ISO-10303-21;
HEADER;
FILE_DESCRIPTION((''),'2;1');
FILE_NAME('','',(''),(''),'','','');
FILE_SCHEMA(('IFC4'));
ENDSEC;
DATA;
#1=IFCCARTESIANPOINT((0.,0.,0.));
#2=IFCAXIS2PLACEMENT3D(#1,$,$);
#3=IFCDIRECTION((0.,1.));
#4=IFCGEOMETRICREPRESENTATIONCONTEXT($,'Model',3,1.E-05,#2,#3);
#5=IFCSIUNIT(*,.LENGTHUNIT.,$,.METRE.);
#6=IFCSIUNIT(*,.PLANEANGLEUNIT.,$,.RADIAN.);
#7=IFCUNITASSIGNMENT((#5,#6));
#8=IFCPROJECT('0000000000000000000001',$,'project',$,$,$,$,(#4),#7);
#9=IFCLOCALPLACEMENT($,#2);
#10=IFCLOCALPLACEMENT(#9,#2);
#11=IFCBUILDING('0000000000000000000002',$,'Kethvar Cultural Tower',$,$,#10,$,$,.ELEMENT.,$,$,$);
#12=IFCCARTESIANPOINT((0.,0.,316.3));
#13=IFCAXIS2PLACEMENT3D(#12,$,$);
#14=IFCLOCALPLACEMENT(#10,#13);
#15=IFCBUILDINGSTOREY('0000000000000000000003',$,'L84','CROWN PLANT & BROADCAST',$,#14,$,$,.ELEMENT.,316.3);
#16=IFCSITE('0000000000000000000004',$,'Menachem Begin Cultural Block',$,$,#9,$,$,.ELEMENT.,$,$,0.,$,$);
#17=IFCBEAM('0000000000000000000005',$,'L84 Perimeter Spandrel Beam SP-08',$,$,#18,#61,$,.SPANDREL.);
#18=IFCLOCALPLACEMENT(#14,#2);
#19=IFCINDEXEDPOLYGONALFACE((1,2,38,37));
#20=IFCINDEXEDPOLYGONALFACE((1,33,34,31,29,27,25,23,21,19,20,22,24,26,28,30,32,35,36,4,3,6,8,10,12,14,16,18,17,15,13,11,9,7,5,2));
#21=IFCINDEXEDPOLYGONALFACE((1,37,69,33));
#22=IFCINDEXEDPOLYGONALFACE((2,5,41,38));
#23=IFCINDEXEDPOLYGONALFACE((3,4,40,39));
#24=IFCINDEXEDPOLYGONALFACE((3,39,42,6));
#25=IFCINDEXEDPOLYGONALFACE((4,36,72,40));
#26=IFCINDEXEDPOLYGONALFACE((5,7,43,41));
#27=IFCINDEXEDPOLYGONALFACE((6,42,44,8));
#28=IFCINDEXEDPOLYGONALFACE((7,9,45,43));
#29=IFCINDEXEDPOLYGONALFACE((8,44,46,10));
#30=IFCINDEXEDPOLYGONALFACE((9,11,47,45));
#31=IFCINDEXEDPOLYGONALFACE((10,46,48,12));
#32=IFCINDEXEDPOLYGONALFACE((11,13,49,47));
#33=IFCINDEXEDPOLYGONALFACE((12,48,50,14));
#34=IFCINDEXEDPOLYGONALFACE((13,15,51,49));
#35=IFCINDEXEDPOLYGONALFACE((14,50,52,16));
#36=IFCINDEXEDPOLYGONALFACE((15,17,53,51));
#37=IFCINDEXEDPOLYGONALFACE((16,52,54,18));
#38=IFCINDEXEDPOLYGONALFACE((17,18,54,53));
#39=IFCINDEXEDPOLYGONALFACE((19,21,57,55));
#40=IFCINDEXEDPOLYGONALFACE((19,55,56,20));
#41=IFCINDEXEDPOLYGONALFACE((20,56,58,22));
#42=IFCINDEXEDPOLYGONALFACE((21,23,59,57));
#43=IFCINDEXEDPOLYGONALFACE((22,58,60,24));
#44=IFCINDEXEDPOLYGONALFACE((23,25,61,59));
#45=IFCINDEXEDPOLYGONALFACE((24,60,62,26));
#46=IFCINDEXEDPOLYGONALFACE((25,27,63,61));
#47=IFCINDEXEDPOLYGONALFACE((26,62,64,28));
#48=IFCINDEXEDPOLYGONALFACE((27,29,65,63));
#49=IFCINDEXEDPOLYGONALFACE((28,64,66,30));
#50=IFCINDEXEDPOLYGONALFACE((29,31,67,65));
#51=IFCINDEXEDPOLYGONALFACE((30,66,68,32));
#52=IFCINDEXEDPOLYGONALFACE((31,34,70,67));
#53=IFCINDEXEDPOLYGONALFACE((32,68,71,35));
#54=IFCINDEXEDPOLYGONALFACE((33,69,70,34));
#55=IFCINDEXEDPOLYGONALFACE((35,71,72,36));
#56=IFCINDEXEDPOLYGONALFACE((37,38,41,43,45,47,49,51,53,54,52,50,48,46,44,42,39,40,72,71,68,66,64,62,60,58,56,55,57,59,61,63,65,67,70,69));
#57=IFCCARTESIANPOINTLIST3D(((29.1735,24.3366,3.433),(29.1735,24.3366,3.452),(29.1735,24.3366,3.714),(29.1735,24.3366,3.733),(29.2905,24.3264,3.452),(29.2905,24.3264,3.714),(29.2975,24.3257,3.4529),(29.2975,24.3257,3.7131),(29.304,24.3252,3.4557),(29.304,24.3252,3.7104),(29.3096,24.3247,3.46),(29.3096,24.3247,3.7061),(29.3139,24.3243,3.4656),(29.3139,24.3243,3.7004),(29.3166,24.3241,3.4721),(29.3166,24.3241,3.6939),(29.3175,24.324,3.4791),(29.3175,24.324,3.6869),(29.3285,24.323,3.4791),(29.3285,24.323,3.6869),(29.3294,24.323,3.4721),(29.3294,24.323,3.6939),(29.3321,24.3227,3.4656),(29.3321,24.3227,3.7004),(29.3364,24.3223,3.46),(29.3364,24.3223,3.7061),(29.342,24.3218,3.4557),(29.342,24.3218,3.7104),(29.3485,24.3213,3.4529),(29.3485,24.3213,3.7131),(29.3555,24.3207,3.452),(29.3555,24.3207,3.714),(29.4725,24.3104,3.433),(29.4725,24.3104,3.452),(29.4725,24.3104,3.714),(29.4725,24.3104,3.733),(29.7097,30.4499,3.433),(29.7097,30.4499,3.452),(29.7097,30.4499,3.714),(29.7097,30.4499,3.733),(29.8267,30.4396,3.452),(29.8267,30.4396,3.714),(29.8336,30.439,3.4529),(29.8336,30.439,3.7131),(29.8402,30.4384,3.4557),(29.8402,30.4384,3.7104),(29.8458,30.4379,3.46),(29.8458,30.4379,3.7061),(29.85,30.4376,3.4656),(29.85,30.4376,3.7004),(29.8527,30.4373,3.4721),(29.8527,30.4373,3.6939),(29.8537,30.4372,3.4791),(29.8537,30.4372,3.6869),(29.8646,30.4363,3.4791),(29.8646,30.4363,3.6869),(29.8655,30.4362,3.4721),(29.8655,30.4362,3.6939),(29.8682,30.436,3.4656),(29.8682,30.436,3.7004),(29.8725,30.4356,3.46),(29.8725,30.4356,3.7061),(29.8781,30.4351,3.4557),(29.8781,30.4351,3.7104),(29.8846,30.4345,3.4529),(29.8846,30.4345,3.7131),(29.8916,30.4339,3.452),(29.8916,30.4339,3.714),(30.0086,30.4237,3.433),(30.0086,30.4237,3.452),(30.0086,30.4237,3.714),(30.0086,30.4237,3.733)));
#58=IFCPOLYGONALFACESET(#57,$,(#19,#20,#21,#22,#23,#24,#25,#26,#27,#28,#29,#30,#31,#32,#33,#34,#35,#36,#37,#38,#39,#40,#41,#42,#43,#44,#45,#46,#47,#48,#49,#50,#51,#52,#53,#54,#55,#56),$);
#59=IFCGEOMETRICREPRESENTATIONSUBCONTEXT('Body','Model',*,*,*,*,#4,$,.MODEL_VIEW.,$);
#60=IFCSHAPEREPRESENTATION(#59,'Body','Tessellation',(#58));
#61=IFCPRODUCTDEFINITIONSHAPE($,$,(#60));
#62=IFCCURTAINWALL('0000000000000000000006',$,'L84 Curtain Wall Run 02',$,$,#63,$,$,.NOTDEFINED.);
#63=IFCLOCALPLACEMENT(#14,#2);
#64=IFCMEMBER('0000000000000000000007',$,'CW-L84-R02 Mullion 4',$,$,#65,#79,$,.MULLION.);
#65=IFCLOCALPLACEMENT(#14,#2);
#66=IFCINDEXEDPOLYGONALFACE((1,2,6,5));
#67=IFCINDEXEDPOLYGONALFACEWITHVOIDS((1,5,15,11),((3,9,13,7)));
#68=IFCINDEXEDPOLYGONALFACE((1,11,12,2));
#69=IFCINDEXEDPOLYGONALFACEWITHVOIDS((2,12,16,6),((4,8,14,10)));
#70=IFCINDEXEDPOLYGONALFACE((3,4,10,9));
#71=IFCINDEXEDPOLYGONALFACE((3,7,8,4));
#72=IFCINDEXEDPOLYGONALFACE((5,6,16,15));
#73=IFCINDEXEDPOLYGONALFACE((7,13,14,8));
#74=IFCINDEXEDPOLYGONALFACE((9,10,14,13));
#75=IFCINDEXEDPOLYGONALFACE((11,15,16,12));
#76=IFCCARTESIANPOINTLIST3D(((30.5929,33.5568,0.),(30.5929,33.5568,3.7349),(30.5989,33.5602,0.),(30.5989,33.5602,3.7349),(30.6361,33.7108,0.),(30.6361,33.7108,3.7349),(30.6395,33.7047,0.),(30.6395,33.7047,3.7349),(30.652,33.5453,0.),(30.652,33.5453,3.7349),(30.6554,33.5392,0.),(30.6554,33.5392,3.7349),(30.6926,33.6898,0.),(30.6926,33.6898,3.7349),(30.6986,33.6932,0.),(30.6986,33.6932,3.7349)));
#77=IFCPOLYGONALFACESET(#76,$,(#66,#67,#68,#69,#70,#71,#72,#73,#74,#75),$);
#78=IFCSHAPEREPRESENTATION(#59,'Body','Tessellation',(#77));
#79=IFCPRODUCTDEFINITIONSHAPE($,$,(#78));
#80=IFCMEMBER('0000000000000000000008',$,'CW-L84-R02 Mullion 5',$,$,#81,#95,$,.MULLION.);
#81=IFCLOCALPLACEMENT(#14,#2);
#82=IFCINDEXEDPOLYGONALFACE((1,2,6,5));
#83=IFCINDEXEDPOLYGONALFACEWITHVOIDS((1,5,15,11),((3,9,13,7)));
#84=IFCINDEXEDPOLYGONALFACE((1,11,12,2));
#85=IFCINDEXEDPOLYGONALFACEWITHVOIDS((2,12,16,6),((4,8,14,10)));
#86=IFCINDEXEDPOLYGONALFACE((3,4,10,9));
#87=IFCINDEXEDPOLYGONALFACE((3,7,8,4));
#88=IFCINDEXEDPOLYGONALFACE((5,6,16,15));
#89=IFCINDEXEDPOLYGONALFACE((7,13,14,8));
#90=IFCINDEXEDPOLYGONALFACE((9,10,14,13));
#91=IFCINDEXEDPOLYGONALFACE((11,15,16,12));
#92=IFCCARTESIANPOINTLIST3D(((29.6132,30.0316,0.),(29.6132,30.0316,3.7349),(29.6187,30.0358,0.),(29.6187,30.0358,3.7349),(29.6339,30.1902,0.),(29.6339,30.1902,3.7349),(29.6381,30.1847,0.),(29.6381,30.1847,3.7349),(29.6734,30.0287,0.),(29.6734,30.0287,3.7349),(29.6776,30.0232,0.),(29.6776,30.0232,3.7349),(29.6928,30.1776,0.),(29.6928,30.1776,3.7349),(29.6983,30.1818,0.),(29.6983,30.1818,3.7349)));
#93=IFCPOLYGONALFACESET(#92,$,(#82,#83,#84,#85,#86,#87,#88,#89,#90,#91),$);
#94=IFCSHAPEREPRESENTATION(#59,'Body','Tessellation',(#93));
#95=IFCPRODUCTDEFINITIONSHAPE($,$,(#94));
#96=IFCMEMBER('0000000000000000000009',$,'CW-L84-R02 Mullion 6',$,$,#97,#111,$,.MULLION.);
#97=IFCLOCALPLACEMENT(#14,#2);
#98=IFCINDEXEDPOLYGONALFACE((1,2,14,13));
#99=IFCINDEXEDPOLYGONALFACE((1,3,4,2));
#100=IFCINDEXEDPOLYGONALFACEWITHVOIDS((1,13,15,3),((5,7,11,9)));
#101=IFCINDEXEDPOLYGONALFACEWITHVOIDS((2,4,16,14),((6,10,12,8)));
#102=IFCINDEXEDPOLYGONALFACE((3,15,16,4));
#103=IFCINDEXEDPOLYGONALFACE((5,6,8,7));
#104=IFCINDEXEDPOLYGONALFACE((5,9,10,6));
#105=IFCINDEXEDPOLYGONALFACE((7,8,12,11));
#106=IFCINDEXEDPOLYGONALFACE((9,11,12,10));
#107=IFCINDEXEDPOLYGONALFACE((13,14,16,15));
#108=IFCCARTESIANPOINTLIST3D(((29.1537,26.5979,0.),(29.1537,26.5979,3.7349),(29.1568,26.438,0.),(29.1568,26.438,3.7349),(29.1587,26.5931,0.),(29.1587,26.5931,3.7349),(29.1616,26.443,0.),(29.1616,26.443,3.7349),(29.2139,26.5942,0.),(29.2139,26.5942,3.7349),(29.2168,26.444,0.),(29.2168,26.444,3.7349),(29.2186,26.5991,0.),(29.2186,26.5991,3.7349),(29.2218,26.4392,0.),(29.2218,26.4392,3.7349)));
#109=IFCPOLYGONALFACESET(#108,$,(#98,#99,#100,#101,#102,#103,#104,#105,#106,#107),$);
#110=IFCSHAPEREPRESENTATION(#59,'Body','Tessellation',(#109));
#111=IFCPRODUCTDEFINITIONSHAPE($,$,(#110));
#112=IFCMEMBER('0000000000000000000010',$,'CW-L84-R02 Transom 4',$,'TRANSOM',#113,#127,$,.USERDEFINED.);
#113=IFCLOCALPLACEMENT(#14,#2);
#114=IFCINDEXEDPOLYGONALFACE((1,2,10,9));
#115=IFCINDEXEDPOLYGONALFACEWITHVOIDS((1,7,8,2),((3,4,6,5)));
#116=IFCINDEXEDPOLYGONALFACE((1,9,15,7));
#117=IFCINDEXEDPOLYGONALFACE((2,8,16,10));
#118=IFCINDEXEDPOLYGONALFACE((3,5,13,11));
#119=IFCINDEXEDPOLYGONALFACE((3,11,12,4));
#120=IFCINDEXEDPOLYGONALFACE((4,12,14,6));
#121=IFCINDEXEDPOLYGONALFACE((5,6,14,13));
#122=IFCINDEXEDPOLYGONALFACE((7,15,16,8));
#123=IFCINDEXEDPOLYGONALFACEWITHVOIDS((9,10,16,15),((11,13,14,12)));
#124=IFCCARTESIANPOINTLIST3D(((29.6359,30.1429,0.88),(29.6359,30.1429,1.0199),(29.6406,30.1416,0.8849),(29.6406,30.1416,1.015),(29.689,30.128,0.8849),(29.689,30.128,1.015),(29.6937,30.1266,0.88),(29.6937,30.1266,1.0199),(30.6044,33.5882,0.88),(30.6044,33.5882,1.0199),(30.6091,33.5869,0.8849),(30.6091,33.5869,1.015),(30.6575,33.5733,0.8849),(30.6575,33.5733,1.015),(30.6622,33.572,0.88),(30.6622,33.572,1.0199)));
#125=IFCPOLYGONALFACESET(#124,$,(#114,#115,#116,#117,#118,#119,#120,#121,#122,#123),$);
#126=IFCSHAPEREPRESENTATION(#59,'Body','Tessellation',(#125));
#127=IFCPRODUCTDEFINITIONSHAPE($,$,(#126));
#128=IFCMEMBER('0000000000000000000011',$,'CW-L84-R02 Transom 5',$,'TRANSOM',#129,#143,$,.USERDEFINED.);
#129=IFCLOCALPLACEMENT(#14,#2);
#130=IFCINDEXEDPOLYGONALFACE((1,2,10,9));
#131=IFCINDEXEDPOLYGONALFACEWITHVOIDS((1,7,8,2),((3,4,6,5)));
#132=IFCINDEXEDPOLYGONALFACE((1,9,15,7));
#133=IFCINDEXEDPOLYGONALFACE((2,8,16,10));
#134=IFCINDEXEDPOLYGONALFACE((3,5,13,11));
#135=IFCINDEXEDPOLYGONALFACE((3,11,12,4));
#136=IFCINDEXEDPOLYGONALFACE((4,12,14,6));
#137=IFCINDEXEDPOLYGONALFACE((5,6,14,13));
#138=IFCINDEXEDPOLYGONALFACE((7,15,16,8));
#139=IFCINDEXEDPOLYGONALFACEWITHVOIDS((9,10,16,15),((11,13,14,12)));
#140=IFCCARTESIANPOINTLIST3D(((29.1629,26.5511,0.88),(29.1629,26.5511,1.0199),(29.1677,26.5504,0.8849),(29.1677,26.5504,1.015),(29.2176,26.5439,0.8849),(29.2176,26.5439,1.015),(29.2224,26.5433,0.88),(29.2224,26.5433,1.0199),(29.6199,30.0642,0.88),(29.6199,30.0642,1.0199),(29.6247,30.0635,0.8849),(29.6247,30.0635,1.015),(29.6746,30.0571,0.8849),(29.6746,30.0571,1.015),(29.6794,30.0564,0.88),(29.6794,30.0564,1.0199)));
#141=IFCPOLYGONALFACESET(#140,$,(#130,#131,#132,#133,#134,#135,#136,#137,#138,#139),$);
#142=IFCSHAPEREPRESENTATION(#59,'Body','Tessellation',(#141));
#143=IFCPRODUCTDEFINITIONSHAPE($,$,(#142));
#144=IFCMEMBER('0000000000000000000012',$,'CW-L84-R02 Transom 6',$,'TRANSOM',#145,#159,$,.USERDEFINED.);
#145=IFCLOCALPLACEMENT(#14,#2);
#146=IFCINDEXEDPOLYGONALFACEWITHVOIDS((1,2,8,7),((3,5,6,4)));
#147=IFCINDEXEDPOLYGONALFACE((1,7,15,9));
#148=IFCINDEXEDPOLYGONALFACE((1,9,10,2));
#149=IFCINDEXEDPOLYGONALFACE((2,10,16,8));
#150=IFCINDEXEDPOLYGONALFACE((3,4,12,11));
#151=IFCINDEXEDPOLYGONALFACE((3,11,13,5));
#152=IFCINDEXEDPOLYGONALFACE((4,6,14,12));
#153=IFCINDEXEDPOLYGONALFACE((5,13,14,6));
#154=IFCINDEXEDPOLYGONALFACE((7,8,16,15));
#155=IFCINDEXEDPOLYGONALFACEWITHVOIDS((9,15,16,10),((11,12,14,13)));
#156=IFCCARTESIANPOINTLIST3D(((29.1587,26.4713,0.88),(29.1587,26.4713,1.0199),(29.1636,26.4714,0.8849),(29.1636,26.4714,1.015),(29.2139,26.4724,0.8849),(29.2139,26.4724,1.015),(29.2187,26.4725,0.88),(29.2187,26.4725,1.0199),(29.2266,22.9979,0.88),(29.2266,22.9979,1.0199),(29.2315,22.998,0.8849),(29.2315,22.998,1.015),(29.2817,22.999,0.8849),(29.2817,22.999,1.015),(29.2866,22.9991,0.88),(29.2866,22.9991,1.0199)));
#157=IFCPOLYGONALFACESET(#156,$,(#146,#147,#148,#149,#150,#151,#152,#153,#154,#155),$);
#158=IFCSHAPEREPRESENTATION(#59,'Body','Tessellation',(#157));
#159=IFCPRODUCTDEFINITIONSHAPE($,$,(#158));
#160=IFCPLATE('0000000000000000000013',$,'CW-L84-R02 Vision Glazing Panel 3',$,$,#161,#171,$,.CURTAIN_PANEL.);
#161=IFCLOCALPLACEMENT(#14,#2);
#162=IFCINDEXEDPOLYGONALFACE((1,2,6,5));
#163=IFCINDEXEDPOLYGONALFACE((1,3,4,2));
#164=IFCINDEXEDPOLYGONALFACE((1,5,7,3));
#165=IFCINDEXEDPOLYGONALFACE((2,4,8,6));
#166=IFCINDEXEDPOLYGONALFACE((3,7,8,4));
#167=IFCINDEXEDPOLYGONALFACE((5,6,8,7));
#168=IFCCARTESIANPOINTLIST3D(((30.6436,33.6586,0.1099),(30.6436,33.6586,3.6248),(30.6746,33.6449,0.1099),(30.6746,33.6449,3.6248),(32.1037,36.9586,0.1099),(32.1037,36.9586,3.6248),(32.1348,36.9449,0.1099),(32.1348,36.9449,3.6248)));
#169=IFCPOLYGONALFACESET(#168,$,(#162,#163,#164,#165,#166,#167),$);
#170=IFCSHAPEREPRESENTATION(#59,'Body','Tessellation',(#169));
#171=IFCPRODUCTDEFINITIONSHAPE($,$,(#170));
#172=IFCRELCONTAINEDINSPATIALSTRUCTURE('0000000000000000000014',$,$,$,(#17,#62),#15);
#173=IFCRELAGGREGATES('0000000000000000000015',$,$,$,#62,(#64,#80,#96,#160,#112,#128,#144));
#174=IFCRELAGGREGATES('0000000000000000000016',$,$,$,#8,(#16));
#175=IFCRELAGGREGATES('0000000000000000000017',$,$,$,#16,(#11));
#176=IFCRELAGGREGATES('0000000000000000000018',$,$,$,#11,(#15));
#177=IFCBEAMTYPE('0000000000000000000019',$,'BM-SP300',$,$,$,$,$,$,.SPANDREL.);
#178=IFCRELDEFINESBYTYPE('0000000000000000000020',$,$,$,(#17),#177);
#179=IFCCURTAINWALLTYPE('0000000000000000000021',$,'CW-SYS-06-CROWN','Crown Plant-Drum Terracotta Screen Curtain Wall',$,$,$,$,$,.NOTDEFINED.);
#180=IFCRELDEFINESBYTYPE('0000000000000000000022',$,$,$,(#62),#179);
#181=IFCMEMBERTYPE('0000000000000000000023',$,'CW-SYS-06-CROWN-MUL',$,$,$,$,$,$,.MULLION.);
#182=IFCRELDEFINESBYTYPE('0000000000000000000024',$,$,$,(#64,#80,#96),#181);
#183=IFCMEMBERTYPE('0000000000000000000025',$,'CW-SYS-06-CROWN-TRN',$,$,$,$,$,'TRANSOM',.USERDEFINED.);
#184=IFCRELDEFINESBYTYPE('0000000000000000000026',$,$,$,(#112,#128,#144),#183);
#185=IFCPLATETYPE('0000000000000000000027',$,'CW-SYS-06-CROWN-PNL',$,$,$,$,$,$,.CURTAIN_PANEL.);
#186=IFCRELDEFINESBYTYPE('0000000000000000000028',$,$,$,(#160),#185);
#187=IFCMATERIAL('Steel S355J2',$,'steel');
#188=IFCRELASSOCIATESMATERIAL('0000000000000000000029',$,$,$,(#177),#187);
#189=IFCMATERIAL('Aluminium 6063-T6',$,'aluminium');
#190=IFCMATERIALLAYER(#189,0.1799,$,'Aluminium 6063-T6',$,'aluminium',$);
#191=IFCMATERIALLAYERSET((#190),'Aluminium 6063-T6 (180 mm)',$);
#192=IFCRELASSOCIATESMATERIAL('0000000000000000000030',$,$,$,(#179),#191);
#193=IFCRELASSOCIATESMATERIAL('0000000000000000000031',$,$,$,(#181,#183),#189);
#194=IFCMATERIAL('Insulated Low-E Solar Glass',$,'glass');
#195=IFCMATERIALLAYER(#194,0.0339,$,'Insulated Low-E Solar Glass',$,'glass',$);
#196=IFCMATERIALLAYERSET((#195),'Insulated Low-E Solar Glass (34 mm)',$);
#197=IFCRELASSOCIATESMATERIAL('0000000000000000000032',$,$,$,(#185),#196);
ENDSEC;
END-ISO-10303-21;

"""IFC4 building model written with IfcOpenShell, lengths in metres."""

from ifc_helpers import new_model, si_unit, direction, frame, origin, origin_2d, place, context, subcontext, project, spatial, rectangle, hollow_rectangle, i_section, extrude, source, transform, mapped, material, layer, layer_set, material_profile, profile_set, type_object, element, aggregate, save


model = new_model("IFC4")

# Units and contexts
model_context = context("Model", 3, precision=1e-05, world=origin(), true_north=direction((0.0, 1.0)))
body_context = subcontext(model_context, "Body", "Model", "MODEL_VIEW")
ifc_project = project(units=[si_unit("LENGTHUNIT", "METRE"), si_unit("PLANEANGLEUNIT", "RADIAN")], contexts=[model_context])

# Site, building, storey
site_placement = place(None, origin())
site = spatial("IfcSite", under=ifc_project, at=site_placement, Name="Menachem Begin Cultural Block", CompositionType="ELEMENT", RefElevation=0.0)
building_placement = place(site_placement, origin())
building = spatial("IfcBuilding", under=site, at=building_placement, Name="Kethvar Cultural Tower", CompositionType="ELEMENT")
storey_placement = place(building_placement, frame((0.0, 0.0, 316.3)))
storey = spatial("IfcBuildingStorey", under=building, at=storey_placement, Name="L84", Description="CROWN PLANT & BROADCAST", CompositionType="ELEMENT", Elevation=316.3)

# Shared definitions
ifc_material_1 = material(Name="Steel S355J2", Category="steel")

# Beam
ifc_material_profile_1 = material_profile(ifc_material_1, i_section(OverallWidth=0.3, OverallDepth=0.3, WebThickness=0.011, FlangeThickness=0.019, FilletRadius=0.0271, at=origin_2d()), Name="Steel S355J2 — HEB300")
ifc_profile_set_1 = profile_set([ifc_material_profile_1], Name="Steel S355J2 — HEB300")
beam_type_1 = type_object("IfcBeamType", Name="BM-SP300", PredefinedType="SPANDREL", material=ifc_profile_set_1)
shared_shape_1 = source(origin(), body_context, "Body", "SweptSolid", [
    extrude(i_section(OverallWidth=0.3, OverallDepth=0.3, WebThickness=0.011, FlangeThickness=0.019, FilletRadius=0.0271, at=origin_2d()), origin(), (0.0, 0.0, 1.0), 6.1367),
])
beam_1_placement = place(storey_placement, frame((29.8591, 30.4368, 3.583), z_axis=(-0.087364, -0.996176, 0.0), x_axis=(0.996176, -0.087364, 0.0)))
element("IfcBeam", 1, at=beam_1_placement, inside=storey, type_object=beam_type_1, Name="L84 Perimeter Spandrel Beam SP-08", PredefinedType="SPANDREL", context=body_context, shape_type="MappedRepresentation", body=[
    mapped(shared_shape_1, transform((0.0, 0.0, 0.0), scale=1.0)),
])

# Curtain wall, members, plate
ifc_material_2 = material(Name="Aluminium 6063-T6", Category="aluminium")
ifc_layer_1 = layer(ifc_material_2, 0.1799, Name="Aluminium 6063-T6", Category="aluminium")
ifc_layer_set_1 = layer_set([ifc_layer_1], Name="Aluminium 6063-T6 (180 mm)")
curtain_wall_type = type_object("IfcCurtainWallType", Name="CW-SYS-06-CROWN", Description="Crown Plant-Drum Terracotta Screen Curtain Wall", PredefinedType="NOTDEFINED", material=ifc_layer_set_1)
curtain_wall_placement = place(storey_placement, origin())
curtain_wall = element("IfcCurtainWall", 2, at=curtain_wall_placement, inside=storey, type_object=curtain_wall_type, Name="L84 Curtain Wall Run 02", PredefinedType="NOTDEFINED")
ifc_material_profile_2 = material_profile(ifc_material_2, hollow_rectangle(XDim=0.0649, YDim=0.1599, WallThickness=0.0049, at=origin_2d()), Name="Aluminium 6063-T6 — RHS160x65x5")
ifc_profile_set_2 = profile_set([ifc_material_profile_2], Name="Aluminium 6063-T6 — RHS160x65x5")
member_type_1 = type_object("IfcMemberType", Name="CW-SYS-06-CROWN-MUL", PredefinedType="MULLION", material=ifc_profile_set_2)
shared_shape_2 = source(origin(), body_context, "Body", "SweptSolid", [
    extrude(hollow_rectangle(XDim=0.0649, YDim=0.1599, WallThickness=0.0049, at=origin_2d()), origin(), (0.0, 0.0, 1.0), 3.7349),
])
member_1_placement = place(storey_placement, frame((30.6458, 33.625, 0.0), z_axis=(0.0, 0.0, 1.0), x_axis=(0.962701, -0.270567, 0.0)))
member_1 = element("IfcMember", 3, at=member_1_placement, type_object=member_type_1, Name="CW-L84-R02 Mullion 4", PredefinedType="MULLION", context=body_context, shape_type="MappedRepresentation", body=[
    mapped(shared_shape_2, transform((0.0, 0.0, 0.0), scale=1.0)),
])
member_2_placement = place(storey_placement, frame((29.6558, 30.1067, 0.0), z_axis=(0.0, 0.0, 1.0), x_axis=(0.991646, -0.128986, 0.0)))
member_2 = element("IfcMember", 4, at=member_2_placement, type_object=member_type_1, Name="CW-L84-R02 Mullion 5", PredefinedType="MULLION", context=body_context, shape_type="MappedRepresentation", body=[
    mapped(shared_shape_2, transform((0.0, 0.0, 0.0), scale=1.0)),
])
member_3_placement = place(storey_placement, frame((29.1877, 26.5186, 0.0), z_axis=(0.0, 0.0, 1.0), x_axis=(0.999809, 0.019529, 0.0)))
member_3 = element("IfcMember", 5, at=member_3_placement, type_object=member_type_1, Name="CW-L84-R02 Mullion 6", PredefinedType="MULLION", context=body_context, shape_type="MappedRepresentation", body=[
    mapped(shared_shape_2, transform((0.0, 0.0, 0.0), scale=1.0)),
])
ifc_material_profile_3 = material_profile(ifc_material_2, hollow_rectangle(XDim=0.0601, YDim=0.1399, WallThickness=0.0049, at=origin_2d()), Name="Aluminium 6063-T6 — RHS140x60x5")
ifc_profile_set_3 = profile_set([ifc_material_profile_3], Name="Aluminium 6063-T6 — RHS140x60x5")
member_type_2 = type_object("IfcMemberType", Name="CW-SYS-06-CROWN-TRN", ElementType="TRANSOM", PredefinedType="USERDEFINED", material=ifc_profile_set_3)
shared_shape_3 = source(origin(), body_context, "Body", "SweptSolid", [
    extrude(hollow_rectangle(XDim=0.0601, YDim=0.1399, WallThickness=0.0049, at=origin_2d()), origin(), (0.0, 0.0, 1.0), 3.5789),
])
member_4_placement = place(storey_placement, frame((30.6333, 33.5801, 0.95), z_axis=(-0.270619, -0.962686, 0.0), x_axis=(0.962686, -0.270619, 0.0)))
member_4 = element("IfcMember", 6, at=member_4_placement, type_object=member_type_2, Name="CW-L84-R02 Transom 4", ObjectType="TRANSOM", PredefinedType="USERDEFINED", context=body_context, shape_type="MappedRepresentation", body=[
    mapped(shared_shape_3, transform((0.0, 0.0, 0.0), scale=1.0)),
])
shared_shape_4 = source(origin(), body_context, "Body", "SweptSolid", [
    extrude(hollow_rectangle(XDim=0.0601, YDim=0.1399, WallThickness=0.0049, at=origin_2d()), origin(), (0.0, 0.0, 1.0), 3.5427),
])
member_5_placement = place(storey_placement, frame((29.6497, 30.0603, 0.95), z_axis=(-0.129003, -0.991644, 0.0), x_axis=(0.991644, -0.129003, 0.0)))
member_5 = element("IfcMember", 7, at=member_5_placement, type_object=member_type_2, Name="CW-L84-R02 Transom 5", ObjectType="TRANSOM", PredefinedType="USERDEFINED", context=body_context, shape_type="MappedRepresentation", body=[
    mapped(shared_shape_4, transform((0.0, 0.0, 0.0), scale=1.0)),
])
shared_shape_5 = source(origin(), body_context, "Body", "SweptSolid", [
    extrude(hollow_rectangle(XDim=0.0601, YDim=0.1399, WallThickness=0.0049, at=origin_2d()), origin(), (0.0, 0.0, 1.0), 3.4741),
])
member_6_placement = place(storey_placement, frame((29.1887, 26.4719, 0.95), z_axis=(0.019537, -0.999809, 0.0), x_axis=(0.999809, 0.019537, 0.0)))
member_6 = element("IfcMember", 8, at=member_6_placement, type_object=member_type_2, Name="CW-L84-R02 Transom 6", ObjectType="TRANSOM", PredefinedType="USERDEFINED", context=body_context, shape_type="MappedRepresentation", body=[
    mapped(shared_shape_5, transform((0.0, 0.0, 0.0), scale=1.0)),
])
ifc_material_3 = material(Name="Insulated Low-E Solar Glass", Category="glass")
ifc_layer_2 = layer(ifc_material_3, 0.0339, Name="Insulated Low-E Solar Glass", Category="glass")
ifc_layer_set_2 = layer_set([ifc_layer_2], Name="Insulated Low-E Solar Glass (34 mm)")
plate_type = type_object("IfcPlateType", Name="CW-SYS-06-CROWN-PNL", PredefinedType="CURTAIN_PANEL", material=ifc_layer_set_2)
shared_shape_6 = source(origin(), body_context, "Body", "SweptSolid", [
    extrude(rectangle(XDim=3.6086, YDim=0.0339, at=origin_2d()), origin(), (0.0, 0.0, 1.0), 3.5149),
])
plate_1_placement = place(storey_placement, frame((31.3892, 35.3018, 0.1099), z_axis=(0.0, 0.0, 1.0), x_axis=(-0.404631, -0.91448, 0.0)))
plate_1 = element("IfcPlate", 9, at=plate_1_placement, type_object=plate_type, Name="CW-L84-R02 Vision Glazing Panel 3", PredefinedType="CURTAIN_PANEL", context=body_context, shape_type="MappedRepresentation", body=[
    mapped(shared_shape_6, transform((0.0, 0.0, 0.0), scale=1.0)),
])
aggregate(curtain_wall, [member_1, member_2, member_3, plate_1, member_4, member_5, member_6])

save(model, "model.ifc")
